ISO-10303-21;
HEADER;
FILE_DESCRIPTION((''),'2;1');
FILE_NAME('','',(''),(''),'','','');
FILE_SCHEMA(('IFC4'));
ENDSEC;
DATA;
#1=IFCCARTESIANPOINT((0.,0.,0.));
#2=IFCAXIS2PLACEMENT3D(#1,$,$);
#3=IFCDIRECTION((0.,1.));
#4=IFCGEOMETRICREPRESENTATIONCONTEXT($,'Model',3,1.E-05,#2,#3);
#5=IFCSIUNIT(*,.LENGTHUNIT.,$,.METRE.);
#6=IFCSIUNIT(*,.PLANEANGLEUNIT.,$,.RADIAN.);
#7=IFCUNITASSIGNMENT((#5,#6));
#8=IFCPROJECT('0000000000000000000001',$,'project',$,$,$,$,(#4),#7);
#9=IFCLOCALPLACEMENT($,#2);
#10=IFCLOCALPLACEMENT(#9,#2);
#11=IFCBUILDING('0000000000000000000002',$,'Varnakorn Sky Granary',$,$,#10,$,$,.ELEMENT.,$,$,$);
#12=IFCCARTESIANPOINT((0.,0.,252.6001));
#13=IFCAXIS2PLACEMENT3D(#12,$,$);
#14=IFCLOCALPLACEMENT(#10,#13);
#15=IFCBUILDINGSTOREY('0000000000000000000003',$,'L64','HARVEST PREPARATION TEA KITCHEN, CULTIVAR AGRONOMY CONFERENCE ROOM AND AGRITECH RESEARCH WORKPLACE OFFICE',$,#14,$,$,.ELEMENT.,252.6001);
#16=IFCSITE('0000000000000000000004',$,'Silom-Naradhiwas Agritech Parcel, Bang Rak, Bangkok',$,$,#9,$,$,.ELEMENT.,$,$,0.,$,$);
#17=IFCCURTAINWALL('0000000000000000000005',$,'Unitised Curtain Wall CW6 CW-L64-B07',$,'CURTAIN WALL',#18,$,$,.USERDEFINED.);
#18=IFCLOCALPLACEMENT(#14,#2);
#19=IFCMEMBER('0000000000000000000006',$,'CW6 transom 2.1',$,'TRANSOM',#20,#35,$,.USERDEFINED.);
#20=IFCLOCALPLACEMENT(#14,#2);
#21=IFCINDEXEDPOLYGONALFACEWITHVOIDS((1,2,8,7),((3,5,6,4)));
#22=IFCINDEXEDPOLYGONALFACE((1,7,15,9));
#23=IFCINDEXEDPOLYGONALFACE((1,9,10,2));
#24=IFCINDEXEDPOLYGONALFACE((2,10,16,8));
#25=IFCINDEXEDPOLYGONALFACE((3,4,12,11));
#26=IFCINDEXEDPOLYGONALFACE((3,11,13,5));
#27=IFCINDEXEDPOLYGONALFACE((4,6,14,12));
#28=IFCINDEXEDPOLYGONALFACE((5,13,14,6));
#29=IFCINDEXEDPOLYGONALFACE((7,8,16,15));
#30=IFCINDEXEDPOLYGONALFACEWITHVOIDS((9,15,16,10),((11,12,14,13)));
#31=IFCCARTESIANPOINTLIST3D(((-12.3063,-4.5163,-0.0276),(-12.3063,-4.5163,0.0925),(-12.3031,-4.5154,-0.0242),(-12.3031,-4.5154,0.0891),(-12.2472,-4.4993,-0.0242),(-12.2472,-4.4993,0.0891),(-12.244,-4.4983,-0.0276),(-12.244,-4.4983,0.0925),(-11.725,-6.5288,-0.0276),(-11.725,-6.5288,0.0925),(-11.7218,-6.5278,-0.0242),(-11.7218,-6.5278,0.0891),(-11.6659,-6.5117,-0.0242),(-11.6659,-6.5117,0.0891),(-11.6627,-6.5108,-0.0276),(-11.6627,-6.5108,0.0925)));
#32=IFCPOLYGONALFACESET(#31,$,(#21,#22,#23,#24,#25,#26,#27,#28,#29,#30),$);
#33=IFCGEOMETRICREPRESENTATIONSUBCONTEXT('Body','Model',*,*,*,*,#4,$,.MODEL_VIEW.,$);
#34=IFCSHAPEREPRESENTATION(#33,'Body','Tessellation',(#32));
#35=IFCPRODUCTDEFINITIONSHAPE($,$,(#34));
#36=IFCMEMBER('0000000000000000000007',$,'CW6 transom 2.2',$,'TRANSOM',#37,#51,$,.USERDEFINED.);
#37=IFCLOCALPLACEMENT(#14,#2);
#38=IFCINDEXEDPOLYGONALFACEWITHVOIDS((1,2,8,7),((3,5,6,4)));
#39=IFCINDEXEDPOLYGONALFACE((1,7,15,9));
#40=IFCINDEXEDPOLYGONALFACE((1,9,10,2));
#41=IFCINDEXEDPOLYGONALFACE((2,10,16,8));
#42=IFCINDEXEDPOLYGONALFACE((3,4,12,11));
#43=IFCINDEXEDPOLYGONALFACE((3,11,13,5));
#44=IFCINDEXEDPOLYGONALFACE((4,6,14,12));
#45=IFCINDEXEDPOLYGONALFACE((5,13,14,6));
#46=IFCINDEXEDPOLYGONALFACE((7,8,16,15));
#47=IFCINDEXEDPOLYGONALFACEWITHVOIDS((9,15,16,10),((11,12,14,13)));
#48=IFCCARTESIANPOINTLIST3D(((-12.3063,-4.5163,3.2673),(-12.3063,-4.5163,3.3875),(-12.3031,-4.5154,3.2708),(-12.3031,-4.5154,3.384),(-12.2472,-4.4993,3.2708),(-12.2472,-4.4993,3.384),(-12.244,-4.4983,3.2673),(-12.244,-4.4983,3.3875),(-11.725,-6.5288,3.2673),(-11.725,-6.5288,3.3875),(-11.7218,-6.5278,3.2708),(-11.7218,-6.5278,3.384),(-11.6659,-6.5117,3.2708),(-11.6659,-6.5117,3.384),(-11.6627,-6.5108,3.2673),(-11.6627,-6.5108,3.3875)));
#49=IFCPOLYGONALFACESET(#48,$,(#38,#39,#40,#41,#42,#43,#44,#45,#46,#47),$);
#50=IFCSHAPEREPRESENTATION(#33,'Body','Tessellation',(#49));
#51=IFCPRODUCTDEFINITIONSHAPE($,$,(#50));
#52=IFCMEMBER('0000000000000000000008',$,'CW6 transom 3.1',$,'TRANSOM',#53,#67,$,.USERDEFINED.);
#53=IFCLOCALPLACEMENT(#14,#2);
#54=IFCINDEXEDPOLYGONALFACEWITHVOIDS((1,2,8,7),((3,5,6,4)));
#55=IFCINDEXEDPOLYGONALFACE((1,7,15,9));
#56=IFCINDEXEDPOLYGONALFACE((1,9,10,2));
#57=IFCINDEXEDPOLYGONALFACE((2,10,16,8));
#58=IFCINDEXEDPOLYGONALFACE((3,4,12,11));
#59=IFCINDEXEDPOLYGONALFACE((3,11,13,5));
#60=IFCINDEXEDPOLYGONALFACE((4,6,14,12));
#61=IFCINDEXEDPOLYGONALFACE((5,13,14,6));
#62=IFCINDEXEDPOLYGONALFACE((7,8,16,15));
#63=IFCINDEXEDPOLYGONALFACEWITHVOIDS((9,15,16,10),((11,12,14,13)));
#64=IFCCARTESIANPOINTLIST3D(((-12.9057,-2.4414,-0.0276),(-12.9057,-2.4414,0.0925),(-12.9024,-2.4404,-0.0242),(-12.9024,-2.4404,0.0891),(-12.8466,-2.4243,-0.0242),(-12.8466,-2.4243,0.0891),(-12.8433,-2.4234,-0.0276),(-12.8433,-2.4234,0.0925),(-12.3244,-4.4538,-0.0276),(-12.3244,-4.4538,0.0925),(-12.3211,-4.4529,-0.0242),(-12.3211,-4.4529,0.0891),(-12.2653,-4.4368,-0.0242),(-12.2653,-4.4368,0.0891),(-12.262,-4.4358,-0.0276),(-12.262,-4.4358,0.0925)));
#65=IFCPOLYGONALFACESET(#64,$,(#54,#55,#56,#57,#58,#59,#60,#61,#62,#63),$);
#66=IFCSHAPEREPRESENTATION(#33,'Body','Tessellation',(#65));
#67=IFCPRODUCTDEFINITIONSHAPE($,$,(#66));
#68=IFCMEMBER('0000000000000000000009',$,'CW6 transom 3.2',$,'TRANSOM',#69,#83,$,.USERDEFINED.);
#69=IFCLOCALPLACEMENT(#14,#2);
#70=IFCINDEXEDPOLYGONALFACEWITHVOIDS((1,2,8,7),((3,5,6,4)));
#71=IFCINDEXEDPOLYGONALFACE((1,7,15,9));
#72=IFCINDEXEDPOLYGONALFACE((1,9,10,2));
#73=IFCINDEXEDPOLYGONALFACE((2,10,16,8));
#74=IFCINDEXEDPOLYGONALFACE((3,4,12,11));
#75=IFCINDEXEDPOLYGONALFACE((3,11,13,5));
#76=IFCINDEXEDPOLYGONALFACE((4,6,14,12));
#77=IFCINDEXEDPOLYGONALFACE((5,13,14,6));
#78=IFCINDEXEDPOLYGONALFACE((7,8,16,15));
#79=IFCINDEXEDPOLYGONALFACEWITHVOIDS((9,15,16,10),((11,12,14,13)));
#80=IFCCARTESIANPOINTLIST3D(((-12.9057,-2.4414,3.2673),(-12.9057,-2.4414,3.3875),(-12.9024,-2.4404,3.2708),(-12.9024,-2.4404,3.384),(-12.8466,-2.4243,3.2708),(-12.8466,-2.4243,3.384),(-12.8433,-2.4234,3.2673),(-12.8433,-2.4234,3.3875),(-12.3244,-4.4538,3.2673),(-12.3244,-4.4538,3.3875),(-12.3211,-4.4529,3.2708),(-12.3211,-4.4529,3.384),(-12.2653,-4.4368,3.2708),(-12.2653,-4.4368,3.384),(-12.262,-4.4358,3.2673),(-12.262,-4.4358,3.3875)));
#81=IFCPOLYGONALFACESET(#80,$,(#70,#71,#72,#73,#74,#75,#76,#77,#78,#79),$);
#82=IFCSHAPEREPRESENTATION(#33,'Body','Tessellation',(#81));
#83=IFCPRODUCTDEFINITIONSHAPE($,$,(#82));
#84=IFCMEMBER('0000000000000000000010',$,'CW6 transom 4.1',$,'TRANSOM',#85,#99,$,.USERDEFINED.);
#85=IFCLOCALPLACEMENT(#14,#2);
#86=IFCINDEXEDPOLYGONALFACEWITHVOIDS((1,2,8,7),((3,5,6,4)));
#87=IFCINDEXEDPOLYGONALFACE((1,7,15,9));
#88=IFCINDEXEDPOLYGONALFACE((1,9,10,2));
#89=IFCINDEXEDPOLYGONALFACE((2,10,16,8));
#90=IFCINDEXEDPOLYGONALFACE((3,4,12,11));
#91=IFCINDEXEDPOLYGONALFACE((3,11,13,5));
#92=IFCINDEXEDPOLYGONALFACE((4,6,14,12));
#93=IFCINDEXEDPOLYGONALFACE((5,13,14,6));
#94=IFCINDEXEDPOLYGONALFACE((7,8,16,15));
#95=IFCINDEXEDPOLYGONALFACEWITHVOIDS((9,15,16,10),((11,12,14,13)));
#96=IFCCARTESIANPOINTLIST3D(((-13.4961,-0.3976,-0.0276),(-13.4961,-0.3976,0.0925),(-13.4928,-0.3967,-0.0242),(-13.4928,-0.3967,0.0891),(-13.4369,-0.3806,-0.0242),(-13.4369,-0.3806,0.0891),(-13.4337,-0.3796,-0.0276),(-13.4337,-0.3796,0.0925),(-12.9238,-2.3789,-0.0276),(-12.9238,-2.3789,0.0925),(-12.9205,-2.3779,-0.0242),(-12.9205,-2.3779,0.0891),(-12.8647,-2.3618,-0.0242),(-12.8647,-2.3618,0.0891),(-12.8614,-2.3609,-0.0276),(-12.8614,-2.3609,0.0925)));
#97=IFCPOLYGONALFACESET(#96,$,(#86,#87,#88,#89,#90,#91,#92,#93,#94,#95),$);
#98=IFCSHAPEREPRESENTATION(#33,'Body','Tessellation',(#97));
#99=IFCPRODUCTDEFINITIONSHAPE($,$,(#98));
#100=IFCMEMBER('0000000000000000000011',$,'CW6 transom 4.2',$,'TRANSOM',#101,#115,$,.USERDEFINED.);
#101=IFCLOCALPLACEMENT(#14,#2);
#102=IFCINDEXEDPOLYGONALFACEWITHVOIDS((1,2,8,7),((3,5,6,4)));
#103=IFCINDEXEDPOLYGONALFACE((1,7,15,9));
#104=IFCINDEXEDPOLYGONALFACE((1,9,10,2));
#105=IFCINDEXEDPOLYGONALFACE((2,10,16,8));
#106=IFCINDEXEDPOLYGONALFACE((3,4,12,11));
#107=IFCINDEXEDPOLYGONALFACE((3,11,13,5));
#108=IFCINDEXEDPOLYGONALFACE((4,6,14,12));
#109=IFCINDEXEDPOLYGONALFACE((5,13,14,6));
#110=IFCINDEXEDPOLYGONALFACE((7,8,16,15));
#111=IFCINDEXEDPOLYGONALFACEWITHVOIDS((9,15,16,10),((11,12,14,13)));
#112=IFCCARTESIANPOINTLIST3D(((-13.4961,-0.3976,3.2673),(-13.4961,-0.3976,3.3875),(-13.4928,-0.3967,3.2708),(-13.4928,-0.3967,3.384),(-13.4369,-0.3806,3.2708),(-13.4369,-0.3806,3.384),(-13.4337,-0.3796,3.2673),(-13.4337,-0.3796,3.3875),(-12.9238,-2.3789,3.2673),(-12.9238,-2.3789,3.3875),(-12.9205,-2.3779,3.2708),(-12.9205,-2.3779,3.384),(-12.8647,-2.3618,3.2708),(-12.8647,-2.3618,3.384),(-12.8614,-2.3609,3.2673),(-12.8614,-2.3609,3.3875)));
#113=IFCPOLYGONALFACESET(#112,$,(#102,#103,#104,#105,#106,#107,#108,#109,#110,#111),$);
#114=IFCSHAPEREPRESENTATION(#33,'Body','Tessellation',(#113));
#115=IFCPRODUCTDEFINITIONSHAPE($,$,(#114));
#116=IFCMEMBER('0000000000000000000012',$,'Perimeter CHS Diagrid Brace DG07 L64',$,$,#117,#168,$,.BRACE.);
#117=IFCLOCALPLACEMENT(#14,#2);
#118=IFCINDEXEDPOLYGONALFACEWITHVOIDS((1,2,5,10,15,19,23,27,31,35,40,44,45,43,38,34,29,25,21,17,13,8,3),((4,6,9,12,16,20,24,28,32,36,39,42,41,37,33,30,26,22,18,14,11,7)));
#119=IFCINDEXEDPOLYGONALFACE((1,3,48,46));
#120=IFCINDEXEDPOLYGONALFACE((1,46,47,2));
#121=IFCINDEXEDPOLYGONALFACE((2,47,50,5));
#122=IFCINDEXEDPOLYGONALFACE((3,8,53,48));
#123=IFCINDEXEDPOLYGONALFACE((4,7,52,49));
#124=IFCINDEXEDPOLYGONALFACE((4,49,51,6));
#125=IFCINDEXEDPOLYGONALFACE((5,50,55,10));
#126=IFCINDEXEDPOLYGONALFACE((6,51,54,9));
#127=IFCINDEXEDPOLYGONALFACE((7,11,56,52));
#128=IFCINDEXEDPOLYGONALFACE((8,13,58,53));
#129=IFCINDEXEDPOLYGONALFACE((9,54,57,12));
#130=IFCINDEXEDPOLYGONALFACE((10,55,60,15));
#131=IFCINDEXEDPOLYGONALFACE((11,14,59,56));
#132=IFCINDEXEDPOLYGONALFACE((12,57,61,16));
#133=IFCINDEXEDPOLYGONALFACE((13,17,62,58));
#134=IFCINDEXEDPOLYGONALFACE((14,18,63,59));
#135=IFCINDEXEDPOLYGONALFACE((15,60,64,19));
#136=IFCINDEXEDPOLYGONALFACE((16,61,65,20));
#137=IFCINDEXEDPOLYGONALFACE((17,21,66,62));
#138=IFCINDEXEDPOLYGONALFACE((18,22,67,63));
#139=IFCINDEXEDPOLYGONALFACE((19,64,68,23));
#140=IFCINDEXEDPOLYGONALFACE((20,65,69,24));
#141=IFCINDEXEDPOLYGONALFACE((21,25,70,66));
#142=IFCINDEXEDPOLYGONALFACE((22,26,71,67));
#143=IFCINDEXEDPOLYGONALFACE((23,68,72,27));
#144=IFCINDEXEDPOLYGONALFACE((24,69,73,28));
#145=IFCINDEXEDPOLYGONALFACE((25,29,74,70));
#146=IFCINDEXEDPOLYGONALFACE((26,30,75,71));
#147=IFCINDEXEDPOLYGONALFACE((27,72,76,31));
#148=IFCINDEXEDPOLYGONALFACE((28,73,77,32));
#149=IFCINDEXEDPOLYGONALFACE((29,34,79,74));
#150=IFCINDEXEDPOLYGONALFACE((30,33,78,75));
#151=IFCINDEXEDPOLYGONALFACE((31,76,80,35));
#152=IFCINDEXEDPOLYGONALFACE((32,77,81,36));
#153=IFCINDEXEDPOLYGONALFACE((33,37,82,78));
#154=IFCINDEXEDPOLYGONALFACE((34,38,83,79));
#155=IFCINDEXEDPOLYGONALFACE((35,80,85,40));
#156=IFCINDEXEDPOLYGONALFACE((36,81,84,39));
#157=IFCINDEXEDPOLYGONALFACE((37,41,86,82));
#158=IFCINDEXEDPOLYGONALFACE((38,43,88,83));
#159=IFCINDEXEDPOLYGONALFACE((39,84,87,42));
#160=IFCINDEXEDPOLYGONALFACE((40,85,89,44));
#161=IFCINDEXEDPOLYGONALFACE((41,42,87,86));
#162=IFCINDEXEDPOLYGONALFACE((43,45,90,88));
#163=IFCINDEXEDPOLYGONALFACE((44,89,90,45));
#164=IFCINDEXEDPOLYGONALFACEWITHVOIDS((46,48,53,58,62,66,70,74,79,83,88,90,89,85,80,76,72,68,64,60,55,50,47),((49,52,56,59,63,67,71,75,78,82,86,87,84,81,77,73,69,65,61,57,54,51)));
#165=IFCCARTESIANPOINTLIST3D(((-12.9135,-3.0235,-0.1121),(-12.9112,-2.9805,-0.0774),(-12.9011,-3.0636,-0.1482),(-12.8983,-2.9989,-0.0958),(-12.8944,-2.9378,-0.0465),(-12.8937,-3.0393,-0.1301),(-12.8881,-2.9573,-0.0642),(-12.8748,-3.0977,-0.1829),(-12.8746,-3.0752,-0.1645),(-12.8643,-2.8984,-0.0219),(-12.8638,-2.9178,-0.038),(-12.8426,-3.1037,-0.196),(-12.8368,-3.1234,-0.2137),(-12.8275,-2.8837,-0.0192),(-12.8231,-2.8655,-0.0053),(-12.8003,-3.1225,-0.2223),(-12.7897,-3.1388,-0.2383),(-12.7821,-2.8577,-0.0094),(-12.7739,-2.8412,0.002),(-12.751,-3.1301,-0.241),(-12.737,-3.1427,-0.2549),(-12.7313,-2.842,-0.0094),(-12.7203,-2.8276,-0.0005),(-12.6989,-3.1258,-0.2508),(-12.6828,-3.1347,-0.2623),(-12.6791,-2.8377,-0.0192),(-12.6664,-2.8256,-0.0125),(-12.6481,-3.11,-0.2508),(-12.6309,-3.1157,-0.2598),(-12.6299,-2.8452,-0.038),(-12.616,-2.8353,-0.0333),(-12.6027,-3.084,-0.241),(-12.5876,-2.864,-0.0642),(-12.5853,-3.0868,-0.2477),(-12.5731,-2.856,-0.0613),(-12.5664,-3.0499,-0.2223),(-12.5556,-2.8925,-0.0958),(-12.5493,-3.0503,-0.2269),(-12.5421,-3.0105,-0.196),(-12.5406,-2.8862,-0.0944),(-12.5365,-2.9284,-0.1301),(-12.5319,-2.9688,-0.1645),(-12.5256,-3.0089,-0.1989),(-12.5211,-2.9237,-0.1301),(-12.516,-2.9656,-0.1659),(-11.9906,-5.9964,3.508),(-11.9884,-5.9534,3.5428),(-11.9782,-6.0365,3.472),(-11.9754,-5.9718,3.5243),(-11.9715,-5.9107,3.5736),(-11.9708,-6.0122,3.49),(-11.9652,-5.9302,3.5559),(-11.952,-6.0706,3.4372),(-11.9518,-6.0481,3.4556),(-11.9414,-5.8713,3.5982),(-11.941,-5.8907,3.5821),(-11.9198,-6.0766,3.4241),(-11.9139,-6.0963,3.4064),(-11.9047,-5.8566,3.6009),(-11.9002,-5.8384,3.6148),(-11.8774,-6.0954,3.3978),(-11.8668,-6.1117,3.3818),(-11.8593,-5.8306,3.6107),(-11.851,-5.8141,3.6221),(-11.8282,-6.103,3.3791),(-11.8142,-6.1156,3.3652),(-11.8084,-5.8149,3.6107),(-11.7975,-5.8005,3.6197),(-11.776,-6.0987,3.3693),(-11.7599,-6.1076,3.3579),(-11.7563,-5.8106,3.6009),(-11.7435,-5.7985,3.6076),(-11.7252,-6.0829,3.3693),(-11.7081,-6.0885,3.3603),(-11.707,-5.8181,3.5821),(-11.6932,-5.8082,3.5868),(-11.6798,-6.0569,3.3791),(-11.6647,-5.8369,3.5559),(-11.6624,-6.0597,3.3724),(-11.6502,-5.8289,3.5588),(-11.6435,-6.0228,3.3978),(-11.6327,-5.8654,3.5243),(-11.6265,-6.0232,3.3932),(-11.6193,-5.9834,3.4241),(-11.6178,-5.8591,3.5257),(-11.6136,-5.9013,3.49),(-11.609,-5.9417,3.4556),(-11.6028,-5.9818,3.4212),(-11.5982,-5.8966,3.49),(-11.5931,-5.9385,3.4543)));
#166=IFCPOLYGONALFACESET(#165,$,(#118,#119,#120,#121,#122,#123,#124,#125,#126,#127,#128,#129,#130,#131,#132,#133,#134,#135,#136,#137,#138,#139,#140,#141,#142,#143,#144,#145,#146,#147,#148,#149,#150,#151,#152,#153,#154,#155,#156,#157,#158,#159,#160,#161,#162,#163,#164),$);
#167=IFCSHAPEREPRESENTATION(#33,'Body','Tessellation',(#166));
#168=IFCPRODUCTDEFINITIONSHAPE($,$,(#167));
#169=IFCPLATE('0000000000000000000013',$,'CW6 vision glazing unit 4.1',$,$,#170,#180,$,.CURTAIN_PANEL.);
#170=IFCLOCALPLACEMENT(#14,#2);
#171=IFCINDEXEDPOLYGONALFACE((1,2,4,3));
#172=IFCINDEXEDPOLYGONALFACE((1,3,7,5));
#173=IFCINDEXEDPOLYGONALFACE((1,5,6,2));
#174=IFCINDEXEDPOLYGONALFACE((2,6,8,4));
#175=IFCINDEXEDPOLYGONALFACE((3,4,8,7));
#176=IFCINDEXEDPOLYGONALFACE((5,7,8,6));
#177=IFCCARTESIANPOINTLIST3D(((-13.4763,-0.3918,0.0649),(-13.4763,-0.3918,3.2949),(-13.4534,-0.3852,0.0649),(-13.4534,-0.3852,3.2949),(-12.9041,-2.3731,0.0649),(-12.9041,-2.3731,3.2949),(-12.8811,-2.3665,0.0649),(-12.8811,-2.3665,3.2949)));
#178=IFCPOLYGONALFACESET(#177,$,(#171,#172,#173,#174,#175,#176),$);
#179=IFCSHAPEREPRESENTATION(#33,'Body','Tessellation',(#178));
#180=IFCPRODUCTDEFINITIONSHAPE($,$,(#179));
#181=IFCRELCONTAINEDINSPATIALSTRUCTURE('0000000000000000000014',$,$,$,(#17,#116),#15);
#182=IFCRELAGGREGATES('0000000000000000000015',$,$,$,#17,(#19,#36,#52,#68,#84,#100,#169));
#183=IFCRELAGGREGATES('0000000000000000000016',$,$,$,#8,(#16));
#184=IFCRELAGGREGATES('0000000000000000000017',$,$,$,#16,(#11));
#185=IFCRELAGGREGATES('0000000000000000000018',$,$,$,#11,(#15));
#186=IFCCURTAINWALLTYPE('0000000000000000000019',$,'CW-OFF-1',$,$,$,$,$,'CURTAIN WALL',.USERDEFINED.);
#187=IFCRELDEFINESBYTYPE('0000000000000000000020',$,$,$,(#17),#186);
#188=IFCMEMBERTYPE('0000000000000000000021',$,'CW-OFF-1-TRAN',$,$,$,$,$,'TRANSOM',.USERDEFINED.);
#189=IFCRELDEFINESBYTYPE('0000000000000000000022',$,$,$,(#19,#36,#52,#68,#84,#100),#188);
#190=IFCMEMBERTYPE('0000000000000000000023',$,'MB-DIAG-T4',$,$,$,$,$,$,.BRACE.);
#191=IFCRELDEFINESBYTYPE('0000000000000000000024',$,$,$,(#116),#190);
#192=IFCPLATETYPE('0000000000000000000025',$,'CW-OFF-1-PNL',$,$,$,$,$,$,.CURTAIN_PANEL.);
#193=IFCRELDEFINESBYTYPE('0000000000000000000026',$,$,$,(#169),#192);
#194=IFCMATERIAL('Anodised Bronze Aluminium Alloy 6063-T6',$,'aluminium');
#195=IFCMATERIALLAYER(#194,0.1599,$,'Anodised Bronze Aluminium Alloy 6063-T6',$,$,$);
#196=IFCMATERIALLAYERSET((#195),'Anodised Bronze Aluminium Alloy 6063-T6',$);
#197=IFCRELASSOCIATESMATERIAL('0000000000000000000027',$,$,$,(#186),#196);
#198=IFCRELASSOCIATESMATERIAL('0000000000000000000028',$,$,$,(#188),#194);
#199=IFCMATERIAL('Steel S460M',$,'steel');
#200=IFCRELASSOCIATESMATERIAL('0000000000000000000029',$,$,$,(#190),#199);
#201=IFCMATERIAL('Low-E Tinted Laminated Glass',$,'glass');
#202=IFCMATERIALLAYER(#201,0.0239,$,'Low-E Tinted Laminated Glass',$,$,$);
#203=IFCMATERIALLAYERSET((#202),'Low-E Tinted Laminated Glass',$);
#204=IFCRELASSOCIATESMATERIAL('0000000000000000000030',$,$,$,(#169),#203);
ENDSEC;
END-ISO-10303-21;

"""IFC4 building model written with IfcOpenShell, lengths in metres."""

from ifc_helpers import new_model, si_unit, direction, frame, origin, origin_2d, place, context, subcontext, project, spatial, rectangle, hollow_rectangle, hollow_circle, extrude, source, transform, mapped, material, layer, layer_set, material_profile, profile_set, type_object, element, aggregate, save


model = new_model("IFC4")

# Units and contexts
model_context = context("Model", 3, precision=1e-05, world=origin(), true_north=direction((0.0, 1.0)))
body_context = subcontext(model_context, "Body", "Model", "MODEL_VIEW")
ifc_project = project(units=[si_unit("LENGTHUNIT", "METRE"), si_unit("PLANEANGLEUNIT", "RADIAN")], contexts=[model_context])

# Site, building, storey
site_placement = place(None, origin())
site = spatial("IfcSite", under=ifc_project, at=site_placement, Name="Silom-Naradhiwas Agritech Parcel, Bang Rak, Bangkok", CompositionType="ELEMENT", RefElevation=0.0)
building_placement = place(site_placement, origin())
building = spatial("IfcBuilding", under=site, at=building_placement, Name="Varnakorn Sky Granary", CompositionType="ELEMENT")
storey_placement = place(building_placement, frame((0.0, 0.0, 252.6001)))
storey = spatial("IfcBuildingStorey", under=building, at=storey_placement, Name="L64", Description="HARVEST PREPARATION TEA KITCHEN, CULTIVAR AGRONOMY CONFERENCE ROOM AND AGRITECH RESEARCH WORKPLACE OFFICE", CompositionType="ELEMENT", Elevation=252.6001)

# Shared definitions
ifc_material_1 = material(Name="Steel S460M", Category="steel")

# Curtain wall, members
ifc_material_2 = material(Name="Anodised Bronze Aluminium Alloy 6063-T6", Category="aluminium")
ifc_layer_1 = layer(ifc_material_2, 0.1599, Name="Anodised Bronze Aluminium Alloy 6063-T6")
ifc_layer_set_1 = layer_set([ifc_layer_1], Name="Anodised Bronze Aluminium Alloy 6063-T6")
curtain_wall_type = type_object("IfcCurtainWallType", Name="CW-OFF-1", ElementType="CURTAIN WALL", PredefinedType="USERDEFINED", material=ifc_layer_set_1)
curtain_wall_placement = place(storey_placement, origin())
curtain_wall = element("IfcCurtainWall", 1, at=curtain_wall_placement, inside=storey, type_object=curtain_wall_type, Name="Unitised Curtain Wall CW6 CW-L64-B07", ObjectType="CURTAIN WALL", PredefinedType="USERDEFINED")
ifc_material_profile_1 = material_profile(ifc_material_2, hollow_rectangle(XDim=0.0649, YDim=0.1201, WallThickness=0.0034, at=origin_2d()), Name="ALU TRAN 65x120")
ifc_profile_set_1 = profile_set([ifc_material_profile_1], Name="Anodised Bronze Aluminium Alloy 6063-T6")
member_type_1 = type_object("IfcMemberType", Name="CW-OFF-1-TRAN", ElementType="TRANSOM", PredefinedType="USERDEFINED", material=ifc_profile_set_1)
member_1_placement = place(storey_placement, frame((-11.6938, -6.5198, 0.0325), z_axis=(-0.277506, 0.960724, 0.0), x_axis=(-0.960724, -0.277506, 0.0)))
member_1 = element("IfcMember", 2, at=member_1_placement, type_object=member_type_1, Name="CW6 transom 2.1", ObjectType="TRANSOM", PredefinedType="USERDEFINED", context=body_context, shape_type="SweptSolid", body=[
    extrude(hollow_rectangle(XDim=0.0649, YDim=0.1201, WallThickness=0.0034, at=origin_2d()), origin(), (0.0, 0.0, 1.0), 2.0947),
])
member_2_placement = place(storey_placement, frame((-11.6938, -6.5198, 3.3274), z_axis=(-0.277506, 0.960724, 0.0), x_axis=(-0.960724, -0.277506, 0.0)))
member_2 = element("IfcMember", 3, at=member_2_placement, type_object=member_type_1, Name="CW6 transom 2.2", ObjectType="TRANSOM", PredefinedType="USERDEFINED", context=body_context, shape_type="SweptSolid", body=[
    extrude(hollow_rectangle(XDim=0.0649, YDim=0.1201, WallThickness=0.0034, at=origin_2d()), origin(), (0.0, 0.0, 1.0), 2.0947),
])
member_3_placement = place(storey_placement, frame((-12.2932, -4.4448, 0.0325), z_axis=(-0.277506, 0.960724, 0.0), x_axis=(-0.960724, -0.277506, 0.0)))
member_3 = element("IfcMember", 4, at=member_3_placement, type_object=member_type_1, Name="CW6 transom 3.1", ObjectType="TRANSOM", PredefinedType="USERDEFINED", context=body_context, shape_type="SweptSolid", body=[
    extrude(hollow_rectangle(XDim=0.0649, YDim=0.1201, WallThickness=0.0034, at=origin_2d()), origin(), (0.0, 0.0, 1.0), 2.0947),
])
member_4_placement = place(storey_placement, frame((-12.2932, -4.4448, 3.3274), z_axis=(-0.277506, 0.960724, 0.0), x_axis=(-0.960724, -0.277506, 0.0)))
member_4 = element("IfcMember", 5, at=member_4_placement, type_object=member_type_1, Name="CW6 transom 3.2", ObjectType="TRANSOM", PredefinedType="USERDEFINED", context=body_context, shape_type="SweptSolid", body=[
    extrude(hollow_rectangle(XDim=0.0649, YDim=0.1201, WallThickness=0.0034, at=origin_2d()), origin(), (0.0, 0.0, 1.0), 2.0947),
])
member_5_placement = place(storey_placement, frame((-12.8926, -2.3699, 0.0325), z_axis=(-0.277503, 0.960725, 0.0), x_axis=(-0.960725, -0.277503, 0.0)))
member_5 = element("IfcMember", 6, at=member_5_placement, type_object=member_type_1, Name="CW6 transom 4.1", ObjectType="TRANSOM", PredefinedType="USERDEFINED", context=body_context, shape_type="SweptSolid", body=[
    extrude(hollow_rectangle(XDim=0.0649, YDim=0.1201, WallThickness=0.0034, at=origin_2d()), origin(), (0.0, 0.0, 1.0), 2.0623),
])
member_6_placement = place(storey_placement, frame((-12.8926, -2.3699, 3.3274), z_axis=(-0.277503, 0.960725, 0.0), x_axis=(-0.960725, -0.277503, 0.0)))
member_6 = element("IfcMember", 7, at=member_6_placement, type_object=member_type_1, Name="CW6 transom 4.2", ObjectType="TRANSOM", PredefinedType="USERDEFINED", context=body_context, shape_type="SweptSolid", body=[
    extrude(hollow_rectangle(XDim=0.0649, YDim=0.1201, WallThickness=0.0034, at=origin_2d()), origin(), (0.0, 0.0, 1.0), 2.0623),
])

# Member
ifc_material_profile_2 = material_profile(ifc_material_1, hollow_circle(Radius=0.2031, WallThickness=0.0161, at=origin_2d()), Name="CHS 406.4x16")
ifc_profile_set_2 = profile_set([ifc_material_profile_2], Name="Steel S460M")
member_type_2 = type_object("IfcMemberType", Name="MB-DIAG-T4", PredefinedType="BRACE", material=ifc_profile_set_2)
member_7_placement = place(storey_placement, frame((-12.7151, -2.9839, -0.1301), z_axis=(0.193291, -0.622673, 0.758233), x_axis=(0.955043, 0.296466, 0.0)))
element("IfcMember", 8, at=member_7_placement, inside=storey, type_object=member_type_2, Name="Perimeter CHS Diagrid Brace DG07 L64", PredefinedType="BRACE", context=body_context, shape_type="SweptSolid", body=[
    extrude(hollow_circle(Radius=0.2031, WallThickness=0.0161, at=origin_2d()), origin(), (0.0, 0.0, 1.0), 4.7744),
])

# Plate
ifc_material_3 = material(Name="Low-E Tinted Laminated Glass", Category="glass")
ifc_layer_2 = layer(ifc_material_3, 0.0239, Name="Low-E Tinted Laminated Glass")
ifc_layer_set_2 = layer_set([ifc_layer_2], Name="Low-E Tinted Laminated Glass")
plate_type = type_object("IfcPlateType", Name="CW-OFF-1-PNL", PredefinedType="CURTAIN_PANEL")
shared_shape_1 = source(origin(), body_context, "Body", "SweptSolid", [
    extrude(rectangle(XDim=2.0623, YDim=0.0239, at=origin_2d()), origin(), (0.0, 0.0, 1.0), 3.23),
])
plate_1_placement = place(storey_placement, frame((-13.1787, -1.3792, 0.0649), z_axis=(0.0, 0.0, 1.0), x_axis=(-0.277501, 0.960725, 0.0)))
plate_1 = element("IfcPlate", 9, at=plate_1_placement, type_object=plate_type, material=ifc_layer_set_2, Name="CW6 vision glazing unit 4.1", PredefinedType="CURTAIN_PANEL", context=body_context, shape_type="MappedRepresentation", body=[
    mapped(shared_shape_1, transform((0.0, 0.0, 0.0), x_axis=(1.0, 0.0, 0.0), y_axis=(0.0, 1.0, 0.0), z_axis=(0.0, 0.0, 1.0), scale=1.0)),
])
aggregate(curtain_wall, [member_1, member_2, member_3, member_4, member_5, member_6, plate_1])

save(model, "model.ifc")
